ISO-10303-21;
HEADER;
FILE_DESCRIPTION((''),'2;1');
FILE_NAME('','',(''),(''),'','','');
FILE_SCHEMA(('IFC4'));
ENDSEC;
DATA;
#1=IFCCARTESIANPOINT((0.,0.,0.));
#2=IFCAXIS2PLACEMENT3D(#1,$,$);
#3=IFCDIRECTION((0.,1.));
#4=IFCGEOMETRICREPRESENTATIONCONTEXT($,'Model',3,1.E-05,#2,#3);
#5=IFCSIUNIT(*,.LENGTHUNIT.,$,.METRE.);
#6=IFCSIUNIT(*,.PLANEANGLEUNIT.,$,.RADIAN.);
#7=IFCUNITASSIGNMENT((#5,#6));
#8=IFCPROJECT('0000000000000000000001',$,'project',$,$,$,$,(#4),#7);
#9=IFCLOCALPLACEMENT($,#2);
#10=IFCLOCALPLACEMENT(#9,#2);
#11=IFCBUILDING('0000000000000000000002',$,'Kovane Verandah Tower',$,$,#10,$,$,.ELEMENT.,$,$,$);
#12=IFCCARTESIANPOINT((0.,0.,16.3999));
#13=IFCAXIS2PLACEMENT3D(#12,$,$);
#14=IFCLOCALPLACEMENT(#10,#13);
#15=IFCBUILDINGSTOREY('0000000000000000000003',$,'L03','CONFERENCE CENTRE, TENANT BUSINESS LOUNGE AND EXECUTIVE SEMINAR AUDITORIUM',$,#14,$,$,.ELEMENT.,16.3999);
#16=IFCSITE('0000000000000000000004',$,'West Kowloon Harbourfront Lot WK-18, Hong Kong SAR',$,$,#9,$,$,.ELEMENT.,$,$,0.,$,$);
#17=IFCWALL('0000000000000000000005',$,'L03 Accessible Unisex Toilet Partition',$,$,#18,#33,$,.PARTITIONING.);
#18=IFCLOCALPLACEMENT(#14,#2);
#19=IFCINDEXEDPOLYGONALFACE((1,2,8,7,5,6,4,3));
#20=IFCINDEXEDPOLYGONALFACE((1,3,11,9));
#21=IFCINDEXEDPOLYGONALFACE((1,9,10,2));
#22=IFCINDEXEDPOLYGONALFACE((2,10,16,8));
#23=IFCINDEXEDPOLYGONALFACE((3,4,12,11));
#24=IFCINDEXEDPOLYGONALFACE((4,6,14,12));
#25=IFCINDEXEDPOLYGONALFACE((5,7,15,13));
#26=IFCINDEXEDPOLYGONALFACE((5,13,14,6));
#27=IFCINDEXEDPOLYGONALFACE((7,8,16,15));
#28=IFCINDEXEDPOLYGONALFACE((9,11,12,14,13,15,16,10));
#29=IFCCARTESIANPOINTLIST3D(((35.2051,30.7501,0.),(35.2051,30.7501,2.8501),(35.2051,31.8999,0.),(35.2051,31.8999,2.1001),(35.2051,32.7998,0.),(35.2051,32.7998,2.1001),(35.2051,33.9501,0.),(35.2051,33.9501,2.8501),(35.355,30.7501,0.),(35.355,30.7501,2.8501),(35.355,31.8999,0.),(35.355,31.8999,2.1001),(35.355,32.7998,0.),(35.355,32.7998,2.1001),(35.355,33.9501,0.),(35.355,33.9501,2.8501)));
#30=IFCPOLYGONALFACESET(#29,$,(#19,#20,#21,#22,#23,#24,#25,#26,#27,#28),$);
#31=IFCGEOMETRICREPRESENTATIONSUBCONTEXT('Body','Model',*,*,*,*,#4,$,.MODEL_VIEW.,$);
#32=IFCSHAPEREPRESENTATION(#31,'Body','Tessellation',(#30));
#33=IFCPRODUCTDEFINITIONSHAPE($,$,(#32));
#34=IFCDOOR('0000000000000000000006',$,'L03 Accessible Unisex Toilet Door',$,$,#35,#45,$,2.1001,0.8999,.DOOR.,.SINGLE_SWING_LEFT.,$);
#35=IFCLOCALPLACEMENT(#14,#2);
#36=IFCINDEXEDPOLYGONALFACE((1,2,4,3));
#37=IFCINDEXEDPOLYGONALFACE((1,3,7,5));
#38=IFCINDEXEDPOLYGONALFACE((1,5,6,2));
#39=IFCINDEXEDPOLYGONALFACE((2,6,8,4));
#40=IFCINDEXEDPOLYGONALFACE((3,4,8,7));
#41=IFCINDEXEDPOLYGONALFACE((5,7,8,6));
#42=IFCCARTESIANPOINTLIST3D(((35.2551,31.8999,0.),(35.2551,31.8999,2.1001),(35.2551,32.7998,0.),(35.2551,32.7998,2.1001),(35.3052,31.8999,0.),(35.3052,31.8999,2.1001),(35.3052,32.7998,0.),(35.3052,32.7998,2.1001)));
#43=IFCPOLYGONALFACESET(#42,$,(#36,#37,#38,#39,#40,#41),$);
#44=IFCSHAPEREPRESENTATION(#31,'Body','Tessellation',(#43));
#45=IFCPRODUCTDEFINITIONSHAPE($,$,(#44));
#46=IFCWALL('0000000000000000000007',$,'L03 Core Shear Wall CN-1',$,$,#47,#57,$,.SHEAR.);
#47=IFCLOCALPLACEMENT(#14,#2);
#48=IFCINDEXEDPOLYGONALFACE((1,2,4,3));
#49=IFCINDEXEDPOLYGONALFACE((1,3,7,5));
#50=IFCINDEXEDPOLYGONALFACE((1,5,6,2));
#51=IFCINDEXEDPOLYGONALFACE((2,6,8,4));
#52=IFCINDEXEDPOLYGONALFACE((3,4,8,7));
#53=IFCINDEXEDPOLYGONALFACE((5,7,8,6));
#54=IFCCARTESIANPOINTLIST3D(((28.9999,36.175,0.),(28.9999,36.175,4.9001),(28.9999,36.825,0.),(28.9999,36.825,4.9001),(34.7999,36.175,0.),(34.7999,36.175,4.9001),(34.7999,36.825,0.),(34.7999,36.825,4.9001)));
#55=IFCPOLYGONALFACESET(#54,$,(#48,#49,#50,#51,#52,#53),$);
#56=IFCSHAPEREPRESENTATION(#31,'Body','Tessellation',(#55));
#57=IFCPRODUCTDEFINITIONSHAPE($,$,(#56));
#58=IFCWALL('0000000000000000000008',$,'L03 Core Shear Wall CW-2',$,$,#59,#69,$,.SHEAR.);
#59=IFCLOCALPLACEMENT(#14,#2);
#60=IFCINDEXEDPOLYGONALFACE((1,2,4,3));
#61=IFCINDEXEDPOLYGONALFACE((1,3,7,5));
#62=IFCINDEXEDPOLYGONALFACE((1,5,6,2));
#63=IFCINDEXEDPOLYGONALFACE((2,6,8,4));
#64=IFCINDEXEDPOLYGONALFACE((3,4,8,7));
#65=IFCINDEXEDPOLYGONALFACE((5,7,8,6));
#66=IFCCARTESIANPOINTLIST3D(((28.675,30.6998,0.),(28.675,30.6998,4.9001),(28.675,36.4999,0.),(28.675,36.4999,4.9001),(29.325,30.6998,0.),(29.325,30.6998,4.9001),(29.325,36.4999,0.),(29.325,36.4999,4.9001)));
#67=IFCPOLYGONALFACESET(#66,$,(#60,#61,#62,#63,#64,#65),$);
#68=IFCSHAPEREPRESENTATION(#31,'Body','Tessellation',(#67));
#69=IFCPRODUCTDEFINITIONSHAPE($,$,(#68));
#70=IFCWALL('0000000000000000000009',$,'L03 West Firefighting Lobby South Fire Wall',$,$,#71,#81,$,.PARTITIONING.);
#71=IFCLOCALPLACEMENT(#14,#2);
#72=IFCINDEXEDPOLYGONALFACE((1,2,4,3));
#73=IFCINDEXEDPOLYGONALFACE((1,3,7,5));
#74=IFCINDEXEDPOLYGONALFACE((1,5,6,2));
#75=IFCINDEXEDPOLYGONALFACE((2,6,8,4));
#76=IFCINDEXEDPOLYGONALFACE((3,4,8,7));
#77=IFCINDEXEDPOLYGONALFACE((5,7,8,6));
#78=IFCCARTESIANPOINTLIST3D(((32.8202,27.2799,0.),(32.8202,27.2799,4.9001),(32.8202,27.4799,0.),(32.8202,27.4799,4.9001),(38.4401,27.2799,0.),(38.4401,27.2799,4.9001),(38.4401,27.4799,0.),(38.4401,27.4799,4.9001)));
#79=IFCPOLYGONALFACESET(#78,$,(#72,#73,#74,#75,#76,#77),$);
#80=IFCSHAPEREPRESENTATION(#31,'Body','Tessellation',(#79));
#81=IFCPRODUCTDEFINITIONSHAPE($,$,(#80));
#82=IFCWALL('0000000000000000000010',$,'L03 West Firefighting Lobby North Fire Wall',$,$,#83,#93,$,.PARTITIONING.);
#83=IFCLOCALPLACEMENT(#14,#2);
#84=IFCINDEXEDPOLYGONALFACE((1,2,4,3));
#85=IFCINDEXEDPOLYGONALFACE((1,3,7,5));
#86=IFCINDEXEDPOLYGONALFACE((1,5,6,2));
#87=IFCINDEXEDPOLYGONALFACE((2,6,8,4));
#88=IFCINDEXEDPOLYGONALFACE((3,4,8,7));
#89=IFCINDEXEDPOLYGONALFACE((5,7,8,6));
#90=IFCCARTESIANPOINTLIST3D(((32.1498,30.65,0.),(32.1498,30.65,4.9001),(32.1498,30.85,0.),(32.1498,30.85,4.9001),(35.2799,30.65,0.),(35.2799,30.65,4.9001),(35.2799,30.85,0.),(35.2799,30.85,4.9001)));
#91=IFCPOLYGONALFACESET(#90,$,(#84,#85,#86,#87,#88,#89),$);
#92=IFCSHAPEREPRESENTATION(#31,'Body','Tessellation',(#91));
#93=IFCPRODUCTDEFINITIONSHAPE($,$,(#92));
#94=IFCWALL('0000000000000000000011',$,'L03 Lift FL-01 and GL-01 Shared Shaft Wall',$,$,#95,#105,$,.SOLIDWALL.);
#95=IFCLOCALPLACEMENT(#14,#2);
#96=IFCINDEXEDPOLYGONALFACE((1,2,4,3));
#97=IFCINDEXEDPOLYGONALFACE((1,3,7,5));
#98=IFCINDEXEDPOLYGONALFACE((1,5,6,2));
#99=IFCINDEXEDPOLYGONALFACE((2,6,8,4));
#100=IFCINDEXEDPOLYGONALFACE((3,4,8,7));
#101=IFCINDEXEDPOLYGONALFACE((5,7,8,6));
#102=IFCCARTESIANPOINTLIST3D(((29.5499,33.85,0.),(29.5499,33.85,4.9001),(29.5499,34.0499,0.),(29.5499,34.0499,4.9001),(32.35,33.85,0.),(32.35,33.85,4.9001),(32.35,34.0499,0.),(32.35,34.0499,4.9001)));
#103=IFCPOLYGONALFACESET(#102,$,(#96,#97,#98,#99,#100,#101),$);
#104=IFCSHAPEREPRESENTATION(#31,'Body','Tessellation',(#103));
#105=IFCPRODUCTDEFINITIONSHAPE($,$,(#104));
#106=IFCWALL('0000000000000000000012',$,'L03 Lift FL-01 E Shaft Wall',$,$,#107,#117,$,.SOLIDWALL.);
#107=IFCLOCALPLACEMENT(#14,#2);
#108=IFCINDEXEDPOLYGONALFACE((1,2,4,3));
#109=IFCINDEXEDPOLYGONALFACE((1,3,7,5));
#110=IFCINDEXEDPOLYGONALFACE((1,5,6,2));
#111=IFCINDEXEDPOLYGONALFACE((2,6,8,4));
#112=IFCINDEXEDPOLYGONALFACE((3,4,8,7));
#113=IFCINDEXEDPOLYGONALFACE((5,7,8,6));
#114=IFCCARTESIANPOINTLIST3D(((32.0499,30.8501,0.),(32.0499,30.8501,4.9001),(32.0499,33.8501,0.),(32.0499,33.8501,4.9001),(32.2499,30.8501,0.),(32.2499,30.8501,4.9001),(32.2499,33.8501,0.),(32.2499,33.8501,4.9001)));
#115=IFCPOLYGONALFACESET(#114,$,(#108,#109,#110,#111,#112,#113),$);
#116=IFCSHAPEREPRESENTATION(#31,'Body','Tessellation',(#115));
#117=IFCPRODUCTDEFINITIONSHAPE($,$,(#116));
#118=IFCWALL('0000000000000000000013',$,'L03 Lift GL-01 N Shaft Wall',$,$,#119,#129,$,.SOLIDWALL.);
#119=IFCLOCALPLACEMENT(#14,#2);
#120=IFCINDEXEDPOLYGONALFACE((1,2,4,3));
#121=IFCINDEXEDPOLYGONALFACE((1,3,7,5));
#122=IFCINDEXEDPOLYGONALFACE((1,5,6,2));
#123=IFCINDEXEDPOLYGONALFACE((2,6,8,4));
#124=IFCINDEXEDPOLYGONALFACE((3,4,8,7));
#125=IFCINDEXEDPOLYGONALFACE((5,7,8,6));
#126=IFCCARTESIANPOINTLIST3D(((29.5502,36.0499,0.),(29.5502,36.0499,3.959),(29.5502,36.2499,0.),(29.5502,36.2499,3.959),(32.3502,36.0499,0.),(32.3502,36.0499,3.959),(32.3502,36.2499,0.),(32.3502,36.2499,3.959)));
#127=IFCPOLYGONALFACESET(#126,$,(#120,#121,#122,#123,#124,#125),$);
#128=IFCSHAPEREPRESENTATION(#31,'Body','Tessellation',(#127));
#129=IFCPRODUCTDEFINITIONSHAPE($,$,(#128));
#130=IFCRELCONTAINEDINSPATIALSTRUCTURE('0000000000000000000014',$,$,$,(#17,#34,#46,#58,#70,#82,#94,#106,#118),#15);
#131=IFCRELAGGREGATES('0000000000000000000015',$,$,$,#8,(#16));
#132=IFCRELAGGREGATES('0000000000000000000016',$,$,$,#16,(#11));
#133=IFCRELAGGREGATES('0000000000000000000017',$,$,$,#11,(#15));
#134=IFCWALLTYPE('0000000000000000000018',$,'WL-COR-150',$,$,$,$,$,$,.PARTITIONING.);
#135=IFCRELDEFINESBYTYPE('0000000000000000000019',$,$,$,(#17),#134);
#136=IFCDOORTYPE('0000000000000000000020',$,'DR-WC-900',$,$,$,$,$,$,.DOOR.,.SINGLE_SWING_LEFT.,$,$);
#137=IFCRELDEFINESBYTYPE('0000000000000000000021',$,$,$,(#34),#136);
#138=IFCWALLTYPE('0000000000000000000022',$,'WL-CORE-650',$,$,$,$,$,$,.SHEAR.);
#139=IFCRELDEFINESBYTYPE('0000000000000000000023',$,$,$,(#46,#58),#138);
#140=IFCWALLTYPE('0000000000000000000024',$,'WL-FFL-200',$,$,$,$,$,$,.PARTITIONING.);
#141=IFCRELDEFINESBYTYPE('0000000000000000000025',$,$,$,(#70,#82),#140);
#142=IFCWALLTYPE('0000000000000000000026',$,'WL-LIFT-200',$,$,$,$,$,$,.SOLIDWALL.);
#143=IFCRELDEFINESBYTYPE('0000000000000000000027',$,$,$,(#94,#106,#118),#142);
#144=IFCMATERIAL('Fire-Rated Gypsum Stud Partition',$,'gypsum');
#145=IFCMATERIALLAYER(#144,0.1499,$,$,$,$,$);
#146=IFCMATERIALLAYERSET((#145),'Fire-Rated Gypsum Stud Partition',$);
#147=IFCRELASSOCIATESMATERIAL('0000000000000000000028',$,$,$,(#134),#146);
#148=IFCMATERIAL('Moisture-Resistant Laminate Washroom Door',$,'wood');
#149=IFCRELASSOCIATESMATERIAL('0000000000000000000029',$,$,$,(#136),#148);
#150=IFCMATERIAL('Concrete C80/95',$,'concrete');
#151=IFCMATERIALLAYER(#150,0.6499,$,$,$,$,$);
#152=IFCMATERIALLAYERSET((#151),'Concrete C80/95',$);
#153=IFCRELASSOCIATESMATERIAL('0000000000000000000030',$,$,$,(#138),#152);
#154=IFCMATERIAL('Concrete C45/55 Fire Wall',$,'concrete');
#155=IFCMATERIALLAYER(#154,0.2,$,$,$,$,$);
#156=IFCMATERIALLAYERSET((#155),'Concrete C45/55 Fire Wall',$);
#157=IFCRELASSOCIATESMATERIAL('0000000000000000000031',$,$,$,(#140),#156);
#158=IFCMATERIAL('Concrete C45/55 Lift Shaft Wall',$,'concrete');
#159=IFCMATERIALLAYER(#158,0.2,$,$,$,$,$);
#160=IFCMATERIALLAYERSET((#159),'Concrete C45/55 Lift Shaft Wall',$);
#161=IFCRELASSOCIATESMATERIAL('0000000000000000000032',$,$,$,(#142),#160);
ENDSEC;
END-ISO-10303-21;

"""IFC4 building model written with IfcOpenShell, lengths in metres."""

from ifc_helpers import new_model, si_unit, direction, frame, frame_2d, origin, place, context, subcontext, project, spatial, rectangle, extrude, material, layer, layer_set, type_object, element, fill, save


model = new_model("IFC4")

# Units and contexts
model_context = context("Model", 3, precision=1e-05, world=origin(), true_north=direction((0.0, 1.0)))
body_context = subcontext(model_context, "Body", "Model", "MODEL_VIEW")
ifc_project = project(units=[si_unit("LENGTHUNIT", "METRE"), si_unit("PLANEANGLEUNIT", "RADIAN")], contexts=[model_context])

# Site, building, storey
site_placement = place(None, origin())
site = spatial("IfcSite", under=ifc_project, at=site_placement, Name="West Kowloon Harbourfront Lot WK-18, Hong Kong SAR", CompositionType="ELEMENT", RefElevation=0.0)
building_placement = place(site_placement, origin())
building = spatial("IfcBuilding", under=site, at=building_placement, Name="Kovane Verandah Tower", CompositionType="ELEMENT")
storey_placement = place(building_placement, frame((0.0, 0.0, 16.3999)))
storey = spatial("IfcBuildingStorey", under=building, at=storey_placement, Name="L03", Description="CONFERENCE CENTRE, TENANT BUSINESS LOUNGE AND EXECUTIVE SEMINAR AUDITORIUM", CompositionType="ELEMENT", Elevation=16.3999)

# Shared definitions
ifc_material_1 = material(Name="Concrete C80/95", Category="concrete")

# Shared definitions
ifc_material_2 = material(Name="Fire-Rated Gypsum Stud Partition", Category="gypsum")
ifc_layer_1 = layer(ifc_material_2, 0.1499)
ifc_layer_set_1 = layer_set([ifc_layer_1], Name="Fire-Rated Gypsum Stud Partition")
wall_type_1 = type_object("IfcWallType", Name="WL-COR-150", PredefinedType="PARTITIONING", material=ifc_layer_set_1)

# Wall, opening, door
wall_1_placement = place(storey_placement, frame((35.28, 30.75, 0.0), z_axis=(0.0, 0.0, 1.0), x_axis=(0.0, 1.0, 0.0)))
wall_1 = element("IfcWall", 1, at=wall_1_placement, inside=storey, type_object=wall_type_1, Name="L03 Accessible Unisex Toilet Partition", PredefinedType="PARTITIONING", context=body_context, shape_type="SweptSolid", body=[
    extrude(rectangle(XDim=3.2, YDim=0.1499, at=frame_2d((1.6001, 0.0))), origin(), (0.0, 0.0, 1.0), 2.8501),
])
opening_1_placement = place(wall_1_placement, frame((1.1499, 0.0, 0.0)))
opening_1 = element("IfcOpeningElement", 2, at=opening_1_placement, cuts=wall_1, PredefinedType="OPENING", context=body_context, shape_type="SweptSolid", body=[
    extrude(rectangle(XDim=0.8999, YDim=2.1001, at=frame_2d((0.45, 1.05))), frame((0.0, 0.075, 0.0), z_axis=(0.0, -1.0, 0.0), x_axis=(1.0, 0.0, 0.0)), (0.0, 0.0, 1.0), 0.1499),
])
ifc_material_3 = material(Name="Moisture-Resistant Laminate Washroom Door", Category="wood")
door_type_1 = type_object("IfcDoorType", Name="DR-WC-900", OperationType="SINGLE_SWING_LEFT", PredefinedType="DOOR", material=ifc_material_3)
door_1_placement = place(opening_1_placement, origin())
door_1 = element("IfcDoor", 3, at=door_1_placement, inside=storey, type_object=door_type_1, Name="L03 Accessible Unisex Toilet Door", OperationType="SINGLE_SWING_LEFT", OverallHeight=2.1001, OverallWidth=0.8999, PredefinedType="DOOR", context=body_context, shape_type="SweptSolid", body=[
    extrude(rectangle(XDim=0.8999, YDim=2.1001, at=frame_2d((0.45, 1.05))), frame((0.0, 0.0249, 0.0), z_axis=(0.0, -1.0, 0.0), x_axis=(1.0, 0.0, 0.0)), (0.0, 0.0, 1.0), 0.05),
])
fill(opening_1, door_1)

# Walls
ifc_layer_2 = layer(ifc_material_1, 0.6499)
ifc_layer_set_2 = layer_set([ifc_layer_2], Name="Concrete C80/95")
wall_type_2 = type_object("IfcWallType", Name="WL-CORE-650", PredefinedType="SHEAR", material=ifc_layer_set_2)
for number, where, z_axis, x_axis, name in (
    (4, (29.0, 36.5, 0.0), (0.0, 0.0, 1.0), (1.0, 0.0, 0.0), "L03 Core Shear Wall CN-1"),
    (5, (29.0, 30.7, 0.0), (0.0, 0.0, 1.0), (0.0, 1.0, 0.0), "L03 Core Shear Wall CW-2"),
):
    element("IfcWall", number, at=place(storey_placement, frame(where, z_axis=z_axis, x_axis=x_axis)), inside=storey, type_object=wall_type_2, Name=name, PredefinedType="SHEAR", context=body_context, shape_type="SweptSolid", body=[
        extrude(rectangle(XDim=5.8, YDim=0.6499, at=frame_2d((2.8999, 0.0))), origin(), (0.0, 0.0, 1.0), 4.9001),
    ])

# Shared definitions
ifc_material_4 = material(Name="Concrete C45/55 Fire Wall", Category="concrete")
ifc_layer_3 = layer(ifc_material_4, 0.2)
ifc_layer_set_3 = layer_set([ifc_layer_3], Name="Concrete C45/55 Fire Wall")
wall_type_3 = type_object("IfcWallType", Name="WL-FFL-200", PredefinedType="PARTITIONING", material=ifc_layer_set_3)

# Walls
wall_2_placement = place(storey_placement, frame((32.8201, 27.3799, 0.0), z_axis=(0.0, 0.0, 1.0), x_axis=(1.0, 0.0, 0.0)))
element("IfcWall", 6, at=wall_2_placement, inside=storey, type_object=wall_type_3, Name="L03 West Firefighting Lobby South Fire Wall", PredefinedType="PARTITIONING", context=body_context, shape_type="SweptSolid", body=[
    extrude(rectangle(XDim=5.6199, YDim=0.2, at=frame_2d((2.8101, 0.0))), origin(), (0.0, 0.0, 1.0), 4.9001),
])
wall_3_placement = place(storey_placement, frame((32.1499, 30.75, 0.0), z_axis=(0.0, 0.0, 1.0), x_axis=(1.0, 0.0, 0.0)))
element("IfcWall", 7, at=wall_3_placement, inside=storey, type_object=wall_type_3, Name="L03 West Firefighting Lobby North Fire Wall", PredefinedType="PARTITIONING", context=body_context, shape_type="SweptSolid", body=[
    extrude(rectangle(XDim=3.1301, YDim=0.2, at=frame_2d((1.5649, 0.0))), origin(), (0.0, 0.0, 1.0), 4.9001),
])

# Shared definitions
ifc_material_5 = material(Name="Concrete C45/55 Lift Shaft Wall", Category="concrete")
ifc_layer_4 = layer(ifc_material_5, 0.2)
ifc_layer_set_4 = layer_set([ifc_layer_4], Name="Concrete C45/55 Lift Shaft Wall")
wall_type_4 = type_object("IfcWallType", Name="WL-LIFT-200", PredefinedType="SOLIDWALL", material=ifc_layer_set_4)

# Walls
wall_4_placement = place(storey_placement, frame((29.55, 33.95, 0.0), z_axis=(0.0, 0.0, 1.0), x_axis=(1.0, 0.0, 0.0)))
element("IfcWall", 8, at=wall_4_placement, inside=storey, type_object=wall_type_4, Name="L03 Lift FL-01 and GL-01 Shared Shaft Wall", PredefinedType="SOLIDWALL", context=body_context, shape_type="SweptSolid", body=[
    extrude(rectangle(XDim=2.8, YDim=0.2, at=frame_2d((1.3999, 0.0))), origin(), (0.0, 0.0, 1.0), 4.9001),
])
wall_5_placement = place(storey_placement, frame((32.1499, 30.8501, 0.0), z_axis=(0.0, 0.0, 1.0), x_axis=(0.0, 1.0, 0.0)))
element("IfcWall", 9, at=wall_5_placement, inside=storey, type_object=wall_type_4, Name="L03 Lift FL-01 E Shaft Wall", PredefinedType="SOLIDWALL", context=body_context, shape_type="SweptSolid", body=[
    extrude(rectangle(XDim=3.0, YDim=0.2, at=frame_2d((1.5, 0.0))), origin(), (0.0, 0.0, 1.0), 4.9001),
])
wall_6_placement = place(storey_placement, frame((32.3501, 36.1499, 0.0), z_axis=(0.0, 0.0, 1.0), x_axis=(-1.0, 0.0, 0.0)))
element("IfcWall", 10, at=wall_6_placement, inside=storey, type_object=wall_type_4, Name="L03 Lift GL-01 N Shaft Wall", PredefinedType="SOLIDWALL", context=body_context, shape_type="SweptSolid", body=[
    extrude(rectangle(XDim=2.8, YDim=0.2, at=frame_2d((1.3999, 0.0))), origin(), (0.0, 0.0, 1.0), 3.959),
])

save(model, "model.ifc")
